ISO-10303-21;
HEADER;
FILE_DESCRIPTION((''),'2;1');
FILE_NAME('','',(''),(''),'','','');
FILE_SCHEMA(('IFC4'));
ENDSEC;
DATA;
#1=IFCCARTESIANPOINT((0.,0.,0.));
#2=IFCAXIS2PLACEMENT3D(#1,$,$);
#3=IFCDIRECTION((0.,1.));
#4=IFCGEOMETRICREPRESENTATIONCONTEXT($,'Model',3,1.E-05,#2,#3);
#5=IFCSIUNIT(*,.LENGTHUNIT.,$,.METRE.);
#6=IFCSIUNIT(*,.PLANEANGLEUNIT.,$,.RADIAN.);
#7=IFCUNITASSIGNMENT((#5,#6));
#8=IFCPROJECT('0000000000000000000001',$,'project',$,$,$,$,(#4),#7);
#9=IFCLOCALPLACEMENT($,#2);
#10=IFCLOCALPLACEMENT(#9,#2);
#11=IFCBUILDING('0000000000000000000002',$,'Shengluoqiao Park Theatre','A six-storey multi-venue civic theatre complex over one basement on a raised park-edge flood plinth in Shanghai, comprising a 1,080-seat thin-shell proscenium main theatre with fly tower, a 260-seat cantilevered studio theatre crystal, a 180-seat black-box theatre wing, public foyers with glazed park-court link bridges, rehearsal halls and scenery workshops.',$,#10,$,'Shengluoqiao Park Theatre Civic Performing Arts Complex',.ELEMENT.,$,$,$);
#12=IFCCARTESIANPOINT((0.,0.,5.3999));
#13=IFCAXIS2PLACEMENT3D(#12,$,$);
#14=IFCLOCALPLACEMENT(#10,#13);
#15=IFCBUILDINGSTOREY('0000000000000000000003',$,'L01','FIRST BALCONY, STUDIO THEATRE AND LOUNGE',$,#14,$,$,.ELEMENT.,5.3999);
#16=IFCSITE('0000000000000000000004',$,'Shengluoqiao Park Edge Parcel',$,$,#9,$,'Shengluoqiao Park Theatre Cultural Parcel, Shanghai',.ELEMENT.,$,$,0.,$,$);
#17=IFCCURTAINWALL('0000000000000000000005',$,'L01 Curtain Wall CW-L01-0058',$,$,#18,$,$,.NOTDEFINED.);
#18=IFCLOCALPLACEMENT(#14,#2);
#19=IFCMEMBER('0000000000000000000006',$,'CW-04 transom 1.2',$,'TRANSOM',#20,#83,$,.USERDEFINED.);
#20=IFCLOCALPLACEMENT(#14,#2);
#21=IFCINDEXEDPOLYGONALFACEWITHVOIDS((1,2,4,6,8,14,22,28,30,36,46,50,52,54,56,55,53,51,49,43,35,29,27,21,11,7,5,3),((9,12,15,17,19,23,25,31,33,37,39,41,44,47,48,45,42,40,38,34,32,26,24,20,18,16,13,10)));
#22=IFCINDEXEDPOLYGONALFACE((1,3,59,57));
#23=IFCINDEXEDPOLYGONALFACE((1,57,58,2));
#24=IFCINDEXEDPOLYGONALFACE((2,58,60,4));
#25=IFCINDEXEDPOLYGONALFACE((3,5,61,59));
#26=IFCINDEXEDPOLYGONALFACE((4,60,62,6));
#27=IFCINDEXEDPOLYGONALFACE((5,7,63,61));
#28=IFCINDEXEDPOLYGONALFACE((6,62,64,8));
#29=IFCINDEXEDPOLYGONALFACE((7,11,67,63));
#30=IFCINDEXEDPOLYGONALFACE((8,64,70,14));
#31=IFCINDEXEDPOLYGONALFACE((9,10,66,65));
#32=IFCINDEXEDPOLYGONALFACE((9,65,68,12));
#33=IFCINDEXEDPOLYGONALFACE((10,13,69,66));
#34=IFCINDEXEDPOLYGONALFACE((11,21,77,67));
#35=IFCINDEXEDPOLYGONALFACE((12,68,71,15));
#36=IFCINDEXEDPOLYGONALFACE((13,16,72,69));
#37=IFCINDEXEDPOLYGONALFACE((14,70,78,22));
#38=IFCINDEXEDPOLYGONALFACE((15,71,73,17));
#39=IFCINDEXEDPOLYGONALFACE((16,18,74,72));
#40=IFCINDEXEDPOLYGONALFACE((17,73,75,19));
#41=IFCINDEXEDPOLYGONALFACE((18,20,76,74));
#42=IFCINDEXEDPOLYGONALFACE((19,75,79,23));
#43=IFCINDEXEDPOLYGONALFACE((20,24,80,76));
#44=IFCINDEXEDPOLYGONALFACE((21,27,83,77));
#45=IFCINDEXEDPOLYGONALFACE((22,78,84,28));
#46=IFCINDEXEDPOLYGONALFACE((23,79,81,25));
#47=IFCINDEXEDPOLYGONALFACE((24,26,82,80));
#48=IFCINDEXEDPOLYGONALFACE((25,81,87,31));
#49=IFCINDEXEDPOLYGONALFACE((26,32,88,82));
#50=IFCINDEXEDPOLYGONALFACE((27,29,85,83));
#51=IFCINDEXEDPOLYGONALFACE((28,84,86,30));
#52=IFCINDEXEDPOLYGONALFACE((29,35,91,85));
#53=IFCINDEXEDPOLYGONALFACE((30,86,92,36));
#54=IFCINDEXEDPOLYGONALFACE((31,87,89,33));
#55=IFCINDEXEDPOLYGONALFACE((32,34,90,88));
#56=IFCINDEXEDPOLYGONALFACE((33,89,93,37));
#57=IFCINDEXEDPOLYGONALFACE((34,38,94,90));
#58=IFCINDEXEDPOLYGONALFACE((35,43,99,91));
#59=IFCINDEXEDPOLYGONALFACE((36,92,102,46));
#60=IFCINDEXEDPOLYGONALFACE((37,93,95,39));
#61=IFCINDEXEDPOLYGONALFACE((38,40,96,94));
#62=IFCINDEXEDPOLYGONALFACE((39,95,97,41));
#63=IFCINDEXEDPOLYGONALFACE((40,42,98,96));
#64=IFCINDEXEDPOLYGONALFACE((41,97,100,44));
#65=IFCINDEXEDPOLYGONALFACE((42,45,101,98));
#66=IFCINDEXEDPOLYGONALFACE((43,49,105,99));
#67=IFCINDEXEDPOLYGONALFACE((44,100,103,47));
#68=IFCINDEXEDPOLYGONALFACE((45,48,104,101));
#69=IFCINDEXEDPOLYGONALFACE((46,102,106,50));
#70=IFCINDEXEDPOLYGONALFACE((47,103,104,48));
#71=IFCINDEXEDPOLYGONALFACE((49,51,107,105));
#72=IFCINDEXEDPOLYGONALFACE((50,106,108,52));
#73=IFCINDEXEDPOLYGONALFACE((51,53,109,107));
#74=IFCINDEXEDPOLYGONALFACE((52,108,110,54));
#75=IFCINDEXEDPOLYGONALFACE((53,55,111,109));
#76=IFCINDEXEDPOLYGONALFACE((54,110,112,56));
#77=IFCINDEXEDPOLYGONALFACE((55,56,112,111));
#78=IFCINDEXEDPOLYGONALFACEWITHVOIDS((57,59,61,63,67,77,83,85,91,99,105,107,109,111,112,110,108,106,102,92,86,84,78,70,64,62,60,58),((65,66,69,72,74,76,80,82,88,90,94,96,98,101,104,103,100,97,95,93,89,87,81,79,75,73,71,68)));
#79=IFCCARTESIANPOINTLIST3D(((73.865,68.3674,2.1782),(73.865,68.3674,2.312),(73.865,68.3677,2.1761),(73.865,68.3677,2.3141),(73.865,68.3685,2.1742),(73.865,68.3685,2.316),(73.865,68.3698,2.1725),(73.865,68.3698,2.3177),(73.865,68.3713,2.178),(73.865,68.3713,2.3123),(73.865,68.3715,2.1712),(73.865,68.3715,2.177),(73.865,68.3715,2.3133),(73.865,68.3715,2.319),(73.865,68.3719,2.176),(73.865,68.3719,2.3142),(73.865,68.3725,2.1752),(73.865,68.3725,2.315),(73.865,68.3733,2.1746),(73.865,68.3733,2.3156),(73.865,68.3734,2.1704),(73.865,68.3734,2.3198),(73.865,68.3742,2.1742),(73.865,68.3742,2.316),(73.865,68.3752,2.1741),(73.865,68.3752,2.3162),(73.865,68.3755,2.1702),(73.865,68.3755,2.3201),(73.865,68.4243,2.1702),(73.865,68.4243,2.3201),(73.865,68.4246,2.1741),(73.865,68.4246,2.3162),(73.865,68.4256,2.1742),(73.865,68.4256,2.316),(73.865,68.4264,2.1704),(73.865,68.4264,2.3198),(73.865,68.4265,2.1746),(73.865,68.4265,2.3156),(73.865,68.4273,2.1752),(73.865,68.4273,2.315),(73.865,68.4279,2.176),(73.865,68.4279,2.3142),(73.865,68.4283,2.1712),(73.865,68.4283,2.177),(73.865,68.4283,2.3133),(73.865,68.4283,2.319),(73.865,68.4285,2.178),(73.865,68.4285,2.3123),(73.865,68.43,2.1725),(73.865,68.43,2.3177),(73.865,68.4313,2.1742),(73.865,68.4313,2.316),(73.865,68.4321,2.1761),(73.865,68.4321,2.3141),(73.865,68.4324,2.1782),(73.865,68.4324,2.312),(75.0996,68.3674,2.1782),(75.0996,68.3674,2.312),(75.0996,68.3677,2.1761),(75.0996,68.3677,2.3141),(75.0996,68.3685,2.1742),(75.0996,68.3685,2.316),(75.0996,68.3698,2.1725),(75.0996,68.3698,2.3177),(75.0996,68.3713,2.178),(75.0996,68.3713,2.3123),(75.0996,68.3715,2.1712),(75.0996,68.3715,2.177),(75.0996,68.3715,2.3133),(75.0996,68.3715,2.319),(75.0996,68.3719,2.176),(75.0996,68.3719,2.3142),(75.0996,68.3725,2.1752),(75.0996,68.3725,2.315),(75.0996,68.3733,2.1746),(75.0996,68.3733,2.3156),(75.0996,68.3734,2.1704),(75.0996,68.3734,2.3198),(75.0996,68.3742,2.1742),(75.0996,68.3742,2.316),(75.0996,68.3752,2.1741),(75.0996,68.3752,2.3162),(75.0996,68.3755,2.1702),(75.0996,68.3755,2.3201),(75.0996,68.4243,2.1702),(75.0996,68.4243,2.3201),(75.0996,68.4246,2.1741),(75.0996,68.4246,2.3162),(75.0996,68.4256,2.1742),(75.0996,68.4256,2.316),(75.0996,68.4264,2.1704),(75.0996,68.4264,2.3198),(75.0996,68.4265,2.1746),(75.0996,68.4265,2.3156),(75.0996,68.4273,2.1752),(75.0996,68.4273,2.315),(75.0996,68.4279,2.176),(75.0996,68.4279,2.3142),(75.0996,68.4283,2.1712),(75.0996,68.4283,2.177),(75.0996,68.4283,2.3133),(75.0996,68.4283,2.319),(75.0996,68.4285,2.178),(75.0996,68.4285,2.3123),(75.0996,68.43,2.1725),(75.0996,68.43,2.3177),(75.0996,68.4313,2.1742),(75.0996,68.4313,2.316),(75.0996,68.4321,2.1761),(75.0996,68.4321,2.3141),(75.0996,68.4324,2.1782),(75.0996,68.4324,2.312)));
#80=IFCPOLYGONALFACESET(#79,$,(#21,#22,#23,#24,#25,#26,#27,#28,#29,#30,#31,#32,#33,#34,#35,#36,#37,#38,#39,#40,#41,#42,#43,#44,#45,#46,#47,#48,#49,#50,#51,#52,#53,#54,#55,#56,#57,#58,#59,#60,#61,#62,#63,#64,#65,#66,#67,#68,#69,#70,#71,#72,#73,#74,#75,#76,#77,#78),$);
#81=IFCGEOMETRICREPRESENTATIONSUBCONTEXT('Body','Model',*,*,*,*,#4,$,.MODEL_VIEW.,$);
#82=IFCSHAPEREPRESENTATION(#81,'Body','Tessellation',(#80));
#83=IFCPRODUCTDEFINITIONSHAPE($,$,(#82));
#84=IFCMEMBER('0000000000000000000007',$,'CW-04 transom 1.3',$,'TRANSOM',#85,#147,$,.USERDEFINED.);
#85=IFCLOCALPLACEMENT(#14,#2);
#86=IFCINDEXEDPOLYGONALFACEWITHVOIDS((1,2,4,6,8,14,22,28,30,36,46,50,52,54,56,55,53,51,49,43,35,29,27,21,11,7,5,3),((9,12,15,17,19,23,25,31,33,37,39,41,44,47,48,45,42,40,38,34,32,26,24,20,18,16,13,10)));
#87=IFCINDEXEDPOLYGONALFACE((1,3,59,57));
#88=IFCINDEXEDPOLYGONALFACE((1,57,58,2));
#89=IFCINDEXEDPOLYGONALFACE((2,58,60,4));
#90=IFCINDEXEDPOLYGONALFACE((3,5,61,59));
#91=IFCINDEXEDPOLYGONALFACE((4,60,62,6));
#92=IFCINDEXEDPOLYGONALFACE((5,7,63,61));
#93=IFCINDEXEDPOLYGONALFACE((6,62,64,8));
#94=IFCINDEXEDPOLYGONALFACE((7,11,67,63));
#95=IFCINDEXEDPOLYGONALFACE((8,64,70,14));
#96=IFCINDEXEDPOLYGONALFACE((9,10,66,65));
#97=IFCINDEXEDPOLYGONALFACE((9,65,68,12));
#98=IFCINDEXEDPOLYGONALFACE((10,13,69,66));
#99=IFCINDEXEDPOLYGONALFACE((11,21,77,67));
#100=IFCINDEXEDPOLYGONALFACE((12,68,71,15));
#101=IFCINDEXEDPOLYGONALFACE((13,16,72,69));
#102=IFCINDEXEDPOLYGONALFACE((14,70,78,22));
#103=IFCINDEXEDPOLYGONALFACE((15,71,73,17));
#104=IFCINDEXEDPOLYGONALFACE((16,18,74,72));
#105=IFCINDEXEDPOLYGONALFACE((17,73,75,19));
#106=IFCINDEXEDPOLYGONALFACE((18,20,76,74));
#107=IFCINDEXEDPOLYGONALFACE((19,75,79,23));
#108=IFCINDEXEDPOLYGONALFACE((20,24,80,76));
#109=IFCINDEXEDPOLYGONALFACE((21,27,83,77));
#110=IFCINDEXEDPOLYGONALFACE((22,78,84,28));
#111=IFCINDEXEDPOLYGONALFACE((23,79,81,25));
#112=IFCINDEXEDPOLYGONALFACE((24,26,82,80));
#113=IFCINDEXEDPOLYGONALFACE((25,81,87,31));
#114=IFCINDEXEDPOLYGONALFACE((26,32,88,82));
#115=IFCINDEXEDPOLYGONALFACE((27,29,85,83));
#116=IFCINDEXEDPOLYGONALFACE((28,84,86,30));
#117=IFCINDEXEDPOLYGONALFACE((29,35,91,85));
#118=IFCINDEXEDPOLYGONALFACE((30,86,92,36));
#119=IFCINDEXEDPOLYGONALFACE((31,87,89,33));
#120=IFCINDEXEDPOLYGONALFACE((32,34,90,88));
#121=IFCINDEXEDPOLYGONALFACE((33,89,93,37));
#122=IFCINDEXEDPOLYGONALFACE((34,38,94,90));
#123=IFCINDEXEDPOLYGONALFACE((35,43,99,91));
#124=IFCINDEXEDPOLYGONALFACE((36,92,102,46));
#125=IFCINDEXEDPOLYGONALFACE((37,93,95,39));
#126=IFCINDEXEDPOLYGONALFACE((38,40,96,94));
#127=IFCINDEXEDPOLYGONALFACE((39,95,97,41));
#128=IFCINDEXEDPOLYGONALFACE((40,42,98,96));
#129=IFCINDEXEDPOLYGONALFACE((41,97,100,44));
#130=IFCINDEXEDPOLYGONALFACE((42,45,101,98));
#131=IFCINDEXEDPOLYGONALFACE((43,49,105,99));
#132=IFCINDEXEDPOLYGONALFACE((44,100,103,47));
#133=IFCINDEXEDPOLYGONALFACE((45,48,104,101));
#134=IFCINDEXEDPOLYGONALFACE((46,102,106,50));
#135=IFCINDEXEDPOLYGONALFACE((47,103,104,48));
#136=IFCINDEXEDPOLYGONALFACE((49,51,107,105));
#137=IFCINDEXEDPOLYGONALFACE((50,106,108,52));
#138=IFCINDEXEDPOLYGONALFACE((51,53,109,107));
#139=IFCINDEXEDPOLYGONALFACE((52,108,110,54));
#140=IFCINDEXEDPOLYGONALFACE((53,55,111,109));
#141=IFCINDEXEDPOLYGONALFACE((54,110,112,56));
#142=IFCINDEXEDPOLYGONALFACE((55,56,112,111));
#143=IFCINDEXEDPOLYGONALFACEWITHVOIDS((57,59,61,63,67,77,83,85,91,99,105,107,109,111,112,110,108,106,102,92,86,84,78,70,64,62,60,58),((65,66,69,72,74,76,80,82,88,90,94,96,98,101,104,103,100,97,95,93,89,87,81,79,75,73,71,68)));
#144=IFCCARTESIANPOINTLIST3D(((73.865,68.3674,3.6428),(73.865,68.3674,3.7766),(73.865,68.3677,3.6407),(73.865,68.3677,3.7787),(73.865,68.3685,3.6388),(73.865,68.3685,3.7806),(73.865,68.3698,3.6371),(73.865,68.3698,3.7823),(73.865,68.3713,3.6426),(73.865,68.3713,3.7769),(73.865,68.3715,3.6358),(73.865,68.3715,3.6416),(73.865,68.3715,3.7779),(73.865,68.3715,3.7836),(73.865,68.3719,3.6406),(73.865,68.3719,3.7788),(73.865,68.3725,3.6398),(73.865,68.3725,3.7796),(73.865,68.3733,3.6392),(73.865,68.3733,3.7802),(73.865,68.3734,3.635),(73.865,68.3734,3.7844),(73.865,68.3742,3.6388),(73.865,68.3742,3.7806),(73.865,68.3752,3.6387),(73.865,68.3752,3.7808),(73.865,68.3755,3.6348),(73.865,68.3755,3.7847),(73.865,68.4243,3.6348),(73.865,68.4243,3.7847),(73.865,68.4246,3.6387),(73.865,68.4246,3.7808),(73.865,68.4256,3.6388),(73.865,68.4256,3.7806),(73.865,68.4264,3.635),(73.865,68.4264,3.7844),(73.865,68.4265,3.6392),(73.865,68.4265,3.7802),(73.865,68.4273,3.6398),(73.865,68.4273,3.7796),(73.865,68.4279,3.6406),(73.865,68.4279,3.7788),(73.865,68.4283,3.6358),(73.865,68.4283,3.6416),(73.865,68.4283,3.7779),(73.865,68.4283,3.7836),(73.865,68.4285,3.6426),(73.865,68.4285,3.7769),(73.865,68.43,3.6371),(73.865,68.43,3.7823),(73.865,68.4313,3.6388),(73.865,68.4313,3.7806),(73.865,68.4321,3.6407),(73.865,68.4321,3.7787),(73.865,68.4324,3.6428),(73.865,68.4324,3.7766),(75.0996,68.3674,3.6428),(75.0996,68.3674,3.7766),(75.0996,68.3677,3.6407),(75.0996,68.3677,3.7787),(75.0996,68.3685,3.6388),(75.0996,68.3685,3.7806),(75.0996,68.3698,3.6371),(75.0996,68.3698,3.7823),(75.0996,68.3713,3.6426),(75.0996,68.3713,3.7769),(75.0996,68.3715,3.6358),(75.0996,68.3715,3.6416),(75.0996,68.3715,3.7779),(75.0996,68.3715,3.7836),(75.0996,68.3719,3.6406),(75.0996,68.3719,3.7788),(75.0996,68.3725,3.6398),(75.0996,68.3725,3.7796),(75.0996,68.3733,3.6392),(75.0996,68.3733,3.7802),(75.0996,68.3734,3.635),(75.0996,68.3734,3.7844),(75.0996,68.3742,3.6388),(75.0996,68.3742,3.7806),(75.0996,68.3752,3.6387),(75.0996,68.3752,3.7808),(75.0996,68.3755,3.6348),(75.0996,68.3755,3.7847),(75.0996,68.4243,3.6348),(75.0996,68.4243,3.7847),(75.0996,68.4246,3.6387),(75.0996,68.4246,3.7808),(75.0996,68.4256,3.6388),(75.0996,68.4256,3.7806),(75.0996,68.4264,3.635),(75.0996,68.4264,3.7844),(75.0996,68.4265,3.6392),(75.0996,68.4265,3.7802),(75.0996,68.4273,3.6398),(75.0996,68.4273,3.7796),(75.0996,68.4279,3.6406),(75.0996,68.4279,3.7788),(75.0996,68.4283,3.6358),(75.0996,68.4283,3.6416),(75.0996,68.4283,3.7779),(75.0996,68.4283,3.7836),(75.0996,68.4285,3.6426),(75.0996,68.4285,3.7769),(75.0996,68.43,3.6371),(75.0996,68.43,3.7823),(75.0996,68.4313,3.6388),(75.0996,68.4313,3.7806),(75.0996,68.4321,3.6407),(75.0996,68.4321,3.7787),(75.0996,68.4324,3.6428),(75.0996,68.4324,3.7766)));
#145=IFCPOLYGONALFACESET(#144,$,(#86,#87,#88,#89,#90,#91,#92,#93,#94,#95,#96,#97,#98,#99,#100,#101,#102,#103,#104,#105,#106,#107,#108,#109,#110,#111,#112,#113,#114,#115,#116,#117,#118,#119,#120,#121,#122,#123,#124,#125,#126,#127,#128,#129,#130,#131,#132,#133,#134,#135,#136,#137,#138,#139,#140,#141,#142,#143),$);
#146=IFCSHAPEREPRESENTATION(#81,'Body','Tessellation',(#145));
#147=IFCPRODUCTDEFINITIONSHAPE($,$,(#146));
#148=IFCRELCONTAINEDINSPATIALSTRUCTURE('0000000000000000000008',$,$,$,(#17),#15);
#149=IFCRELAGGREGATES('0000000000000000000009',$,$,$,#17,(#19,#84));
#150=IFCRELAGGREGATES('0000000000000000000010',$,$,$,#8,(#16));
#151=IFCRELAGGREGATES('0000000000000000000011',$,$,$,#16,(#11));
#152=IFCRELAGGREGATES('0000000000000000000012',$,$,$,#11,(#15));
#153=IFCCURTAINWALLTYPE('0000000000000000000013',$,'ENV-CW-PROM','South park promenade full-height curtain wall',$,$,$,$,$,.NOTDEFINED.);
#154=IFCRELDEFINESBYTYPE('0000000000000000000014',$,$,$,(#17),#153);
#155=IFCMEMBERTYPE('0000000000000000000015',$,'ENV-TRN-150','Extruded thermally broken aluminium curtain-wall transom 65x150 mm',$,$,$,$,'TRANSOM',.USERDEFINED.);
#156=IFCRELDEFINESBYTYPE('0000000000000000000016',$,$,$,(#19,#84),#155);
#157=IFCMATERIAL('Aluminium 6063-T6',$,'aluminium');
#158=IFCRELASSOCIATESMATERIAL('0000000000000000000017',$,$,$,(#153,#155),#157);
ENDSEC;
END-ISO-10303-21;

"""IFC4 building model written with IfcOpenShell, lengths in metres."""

from ifc_helpers import new_model, si_unit, direction, frame, origin, origin_2d, place, context, subcontext, project, spatial, hollow_rectangle, extrude, material, material_profile, profile_set, type_object, element, aggregate, save


model = new_model("IFC4")

# Units and contexts
model_context = context("Model", 3, precision=1e-05, world=origin(), true_north=direction((0.0, 1.0)))
body_context = subcontext(model_context, "Body", "Model", "MODEL_VIEW")
ifc_project = project(units=[si_unit("LENGTHUNIT", "METRE"), si_unit("PLANEANGLEUNIT", "RADIAN")], contexts=[model_context])

# Site, building, storey
site_placement = place(None, origin())
site = spatial("IfcSite", under=ifc_project, at=site_placement, Name="Shengluoqiao Park Edge Parcel", LongName="Shengluoqiao Park Theatre Cultural Parcel, Shanghai", CompositionType="ELEMENT", RefElevation=0.0)
building_placement = place(site_placement, origin())
building = spatial("IfcBuilding", under=site, at=building_placement, Name="Shengluoqiao Park Theatre", Description="A six-storey multi-venue civic theatre complex over one basement on a raised park-edge flood plinth in Shanghai, comprising a 1,080-seat thin-shell proscenium main theatre with fly tower, a 260-seat cantilevered studio theatre crystal, a 180-seat black-box theatre wing, public foyers with glazed park-court link bridges, rehearsal halls and scenery workshops.", LongName="Shengluoqiao Park Theatre Civic Performing Arts Complex", CompositionType="ELEMENT")
storey_placement = place(building_placement, frame((0.0, 0.0, 5.3999)))
storey = spatial("IfcBuildingStorey", under=building, at=storey_placement, Name="L01", Description="FIRST BALCONY, STUDIO THEATRE AND LOUNGE", CompositionType="ELEMENT", Elevation=5.3999)

# Curtain wall, members
ifc_material_1 = material(Name="Aluminium 6063-T6", Category="aluminium")
curtain_wall_type = type_object("IfcCurtainWallType", Name="ENV-CW-PROM", Description="South park promenade full-height curtain wall", PredefinedType="NOTDEFINED", material=ifc_material_1)
curtain_wall_placement = place(storey_placement, origin())
curtain_wall = element("IfcCurtainWall", 1, at=curtain_wall_placement, inside=storey, type_object=curtain_wall_type, Name="L01 Curtain Wall CW-L01-0058", PredefinedType="NOTDEFINED")
ifc_material_profile_1 = material_profile(ifc_material_1, hollow_rectangle(XDim=0.0649, YDim=0.1499, WallThickness=0.0039, InnerFilletRadius=0.0039, OuterFilletRadius=0.0081, at=origin_2d()), Name="ALU TRANSOM 150x65x4")
ifc_profile_set_1 = profile_set([ifc_material_profile_1], Name="Aluminium 6063-T6")
member_type_1 = type_object("IfcMemberType", Name="ENV-TRN-150", Description="Extruded thermally broken aluminium curtain-wall transom 65x150 mm", ElementType="TRANSOM", PredefinedType="USERDEFINED", material=ifc_profile_set_1)
member_1_placement = place(storey_placement, frame((73.865, 68.3999, 2.2451), z_axis=(1.0, 0.0, 0.0), x_axis=(0.0, 1.0, 0.0)))
member_1 = element("IfcMember", 2, at=member_1_placement, type_object=member_type_1, Name="CW-04 transom 1.2", ObjectType="TRANSOM", PredefinedType="USERDEFINED", context=body_context, shape_type="SweptSolid", body=[
    extrude(hollow_rectangle(XDim=0.0649, YDim=0.1499, WallThickness=0.0039, InnerFilletRadius=0.0039, OuterFilletRadius=0.0081, at=origin_2d()), origin(), (0.0, 0.0, 1.0), 1.2346),
])
member_2_placement = place(storey_placement, frame((73.865, 68.3999, 3.7097), z_axis=(1.0, 0.0, 0.0), x_axis=(0.0, 1.0, 0.0)))
member_2 = element("IfcMember", 3, at=member_2_placement, type_object=member_type_1, Name="CW-04 transom 1.3", ObjectType="TRANSOM", PredefinedType="USERDEFINED", context=body_context, shape_type="SweptSolid", body=[
    extrude(hollow_rectangle(XDim=0.0649, YDim=0.1499, WallThickness=0.0039, InnerFilletRadius=0.0039, OuterFilletRadius=0.0081, at=origin_2d()), origin(), (0.0, 0.0, 1.0), 1.2346),
])

aggregate(curtain_wall, [member_1, member_2])

save(model, "model.ifc")
